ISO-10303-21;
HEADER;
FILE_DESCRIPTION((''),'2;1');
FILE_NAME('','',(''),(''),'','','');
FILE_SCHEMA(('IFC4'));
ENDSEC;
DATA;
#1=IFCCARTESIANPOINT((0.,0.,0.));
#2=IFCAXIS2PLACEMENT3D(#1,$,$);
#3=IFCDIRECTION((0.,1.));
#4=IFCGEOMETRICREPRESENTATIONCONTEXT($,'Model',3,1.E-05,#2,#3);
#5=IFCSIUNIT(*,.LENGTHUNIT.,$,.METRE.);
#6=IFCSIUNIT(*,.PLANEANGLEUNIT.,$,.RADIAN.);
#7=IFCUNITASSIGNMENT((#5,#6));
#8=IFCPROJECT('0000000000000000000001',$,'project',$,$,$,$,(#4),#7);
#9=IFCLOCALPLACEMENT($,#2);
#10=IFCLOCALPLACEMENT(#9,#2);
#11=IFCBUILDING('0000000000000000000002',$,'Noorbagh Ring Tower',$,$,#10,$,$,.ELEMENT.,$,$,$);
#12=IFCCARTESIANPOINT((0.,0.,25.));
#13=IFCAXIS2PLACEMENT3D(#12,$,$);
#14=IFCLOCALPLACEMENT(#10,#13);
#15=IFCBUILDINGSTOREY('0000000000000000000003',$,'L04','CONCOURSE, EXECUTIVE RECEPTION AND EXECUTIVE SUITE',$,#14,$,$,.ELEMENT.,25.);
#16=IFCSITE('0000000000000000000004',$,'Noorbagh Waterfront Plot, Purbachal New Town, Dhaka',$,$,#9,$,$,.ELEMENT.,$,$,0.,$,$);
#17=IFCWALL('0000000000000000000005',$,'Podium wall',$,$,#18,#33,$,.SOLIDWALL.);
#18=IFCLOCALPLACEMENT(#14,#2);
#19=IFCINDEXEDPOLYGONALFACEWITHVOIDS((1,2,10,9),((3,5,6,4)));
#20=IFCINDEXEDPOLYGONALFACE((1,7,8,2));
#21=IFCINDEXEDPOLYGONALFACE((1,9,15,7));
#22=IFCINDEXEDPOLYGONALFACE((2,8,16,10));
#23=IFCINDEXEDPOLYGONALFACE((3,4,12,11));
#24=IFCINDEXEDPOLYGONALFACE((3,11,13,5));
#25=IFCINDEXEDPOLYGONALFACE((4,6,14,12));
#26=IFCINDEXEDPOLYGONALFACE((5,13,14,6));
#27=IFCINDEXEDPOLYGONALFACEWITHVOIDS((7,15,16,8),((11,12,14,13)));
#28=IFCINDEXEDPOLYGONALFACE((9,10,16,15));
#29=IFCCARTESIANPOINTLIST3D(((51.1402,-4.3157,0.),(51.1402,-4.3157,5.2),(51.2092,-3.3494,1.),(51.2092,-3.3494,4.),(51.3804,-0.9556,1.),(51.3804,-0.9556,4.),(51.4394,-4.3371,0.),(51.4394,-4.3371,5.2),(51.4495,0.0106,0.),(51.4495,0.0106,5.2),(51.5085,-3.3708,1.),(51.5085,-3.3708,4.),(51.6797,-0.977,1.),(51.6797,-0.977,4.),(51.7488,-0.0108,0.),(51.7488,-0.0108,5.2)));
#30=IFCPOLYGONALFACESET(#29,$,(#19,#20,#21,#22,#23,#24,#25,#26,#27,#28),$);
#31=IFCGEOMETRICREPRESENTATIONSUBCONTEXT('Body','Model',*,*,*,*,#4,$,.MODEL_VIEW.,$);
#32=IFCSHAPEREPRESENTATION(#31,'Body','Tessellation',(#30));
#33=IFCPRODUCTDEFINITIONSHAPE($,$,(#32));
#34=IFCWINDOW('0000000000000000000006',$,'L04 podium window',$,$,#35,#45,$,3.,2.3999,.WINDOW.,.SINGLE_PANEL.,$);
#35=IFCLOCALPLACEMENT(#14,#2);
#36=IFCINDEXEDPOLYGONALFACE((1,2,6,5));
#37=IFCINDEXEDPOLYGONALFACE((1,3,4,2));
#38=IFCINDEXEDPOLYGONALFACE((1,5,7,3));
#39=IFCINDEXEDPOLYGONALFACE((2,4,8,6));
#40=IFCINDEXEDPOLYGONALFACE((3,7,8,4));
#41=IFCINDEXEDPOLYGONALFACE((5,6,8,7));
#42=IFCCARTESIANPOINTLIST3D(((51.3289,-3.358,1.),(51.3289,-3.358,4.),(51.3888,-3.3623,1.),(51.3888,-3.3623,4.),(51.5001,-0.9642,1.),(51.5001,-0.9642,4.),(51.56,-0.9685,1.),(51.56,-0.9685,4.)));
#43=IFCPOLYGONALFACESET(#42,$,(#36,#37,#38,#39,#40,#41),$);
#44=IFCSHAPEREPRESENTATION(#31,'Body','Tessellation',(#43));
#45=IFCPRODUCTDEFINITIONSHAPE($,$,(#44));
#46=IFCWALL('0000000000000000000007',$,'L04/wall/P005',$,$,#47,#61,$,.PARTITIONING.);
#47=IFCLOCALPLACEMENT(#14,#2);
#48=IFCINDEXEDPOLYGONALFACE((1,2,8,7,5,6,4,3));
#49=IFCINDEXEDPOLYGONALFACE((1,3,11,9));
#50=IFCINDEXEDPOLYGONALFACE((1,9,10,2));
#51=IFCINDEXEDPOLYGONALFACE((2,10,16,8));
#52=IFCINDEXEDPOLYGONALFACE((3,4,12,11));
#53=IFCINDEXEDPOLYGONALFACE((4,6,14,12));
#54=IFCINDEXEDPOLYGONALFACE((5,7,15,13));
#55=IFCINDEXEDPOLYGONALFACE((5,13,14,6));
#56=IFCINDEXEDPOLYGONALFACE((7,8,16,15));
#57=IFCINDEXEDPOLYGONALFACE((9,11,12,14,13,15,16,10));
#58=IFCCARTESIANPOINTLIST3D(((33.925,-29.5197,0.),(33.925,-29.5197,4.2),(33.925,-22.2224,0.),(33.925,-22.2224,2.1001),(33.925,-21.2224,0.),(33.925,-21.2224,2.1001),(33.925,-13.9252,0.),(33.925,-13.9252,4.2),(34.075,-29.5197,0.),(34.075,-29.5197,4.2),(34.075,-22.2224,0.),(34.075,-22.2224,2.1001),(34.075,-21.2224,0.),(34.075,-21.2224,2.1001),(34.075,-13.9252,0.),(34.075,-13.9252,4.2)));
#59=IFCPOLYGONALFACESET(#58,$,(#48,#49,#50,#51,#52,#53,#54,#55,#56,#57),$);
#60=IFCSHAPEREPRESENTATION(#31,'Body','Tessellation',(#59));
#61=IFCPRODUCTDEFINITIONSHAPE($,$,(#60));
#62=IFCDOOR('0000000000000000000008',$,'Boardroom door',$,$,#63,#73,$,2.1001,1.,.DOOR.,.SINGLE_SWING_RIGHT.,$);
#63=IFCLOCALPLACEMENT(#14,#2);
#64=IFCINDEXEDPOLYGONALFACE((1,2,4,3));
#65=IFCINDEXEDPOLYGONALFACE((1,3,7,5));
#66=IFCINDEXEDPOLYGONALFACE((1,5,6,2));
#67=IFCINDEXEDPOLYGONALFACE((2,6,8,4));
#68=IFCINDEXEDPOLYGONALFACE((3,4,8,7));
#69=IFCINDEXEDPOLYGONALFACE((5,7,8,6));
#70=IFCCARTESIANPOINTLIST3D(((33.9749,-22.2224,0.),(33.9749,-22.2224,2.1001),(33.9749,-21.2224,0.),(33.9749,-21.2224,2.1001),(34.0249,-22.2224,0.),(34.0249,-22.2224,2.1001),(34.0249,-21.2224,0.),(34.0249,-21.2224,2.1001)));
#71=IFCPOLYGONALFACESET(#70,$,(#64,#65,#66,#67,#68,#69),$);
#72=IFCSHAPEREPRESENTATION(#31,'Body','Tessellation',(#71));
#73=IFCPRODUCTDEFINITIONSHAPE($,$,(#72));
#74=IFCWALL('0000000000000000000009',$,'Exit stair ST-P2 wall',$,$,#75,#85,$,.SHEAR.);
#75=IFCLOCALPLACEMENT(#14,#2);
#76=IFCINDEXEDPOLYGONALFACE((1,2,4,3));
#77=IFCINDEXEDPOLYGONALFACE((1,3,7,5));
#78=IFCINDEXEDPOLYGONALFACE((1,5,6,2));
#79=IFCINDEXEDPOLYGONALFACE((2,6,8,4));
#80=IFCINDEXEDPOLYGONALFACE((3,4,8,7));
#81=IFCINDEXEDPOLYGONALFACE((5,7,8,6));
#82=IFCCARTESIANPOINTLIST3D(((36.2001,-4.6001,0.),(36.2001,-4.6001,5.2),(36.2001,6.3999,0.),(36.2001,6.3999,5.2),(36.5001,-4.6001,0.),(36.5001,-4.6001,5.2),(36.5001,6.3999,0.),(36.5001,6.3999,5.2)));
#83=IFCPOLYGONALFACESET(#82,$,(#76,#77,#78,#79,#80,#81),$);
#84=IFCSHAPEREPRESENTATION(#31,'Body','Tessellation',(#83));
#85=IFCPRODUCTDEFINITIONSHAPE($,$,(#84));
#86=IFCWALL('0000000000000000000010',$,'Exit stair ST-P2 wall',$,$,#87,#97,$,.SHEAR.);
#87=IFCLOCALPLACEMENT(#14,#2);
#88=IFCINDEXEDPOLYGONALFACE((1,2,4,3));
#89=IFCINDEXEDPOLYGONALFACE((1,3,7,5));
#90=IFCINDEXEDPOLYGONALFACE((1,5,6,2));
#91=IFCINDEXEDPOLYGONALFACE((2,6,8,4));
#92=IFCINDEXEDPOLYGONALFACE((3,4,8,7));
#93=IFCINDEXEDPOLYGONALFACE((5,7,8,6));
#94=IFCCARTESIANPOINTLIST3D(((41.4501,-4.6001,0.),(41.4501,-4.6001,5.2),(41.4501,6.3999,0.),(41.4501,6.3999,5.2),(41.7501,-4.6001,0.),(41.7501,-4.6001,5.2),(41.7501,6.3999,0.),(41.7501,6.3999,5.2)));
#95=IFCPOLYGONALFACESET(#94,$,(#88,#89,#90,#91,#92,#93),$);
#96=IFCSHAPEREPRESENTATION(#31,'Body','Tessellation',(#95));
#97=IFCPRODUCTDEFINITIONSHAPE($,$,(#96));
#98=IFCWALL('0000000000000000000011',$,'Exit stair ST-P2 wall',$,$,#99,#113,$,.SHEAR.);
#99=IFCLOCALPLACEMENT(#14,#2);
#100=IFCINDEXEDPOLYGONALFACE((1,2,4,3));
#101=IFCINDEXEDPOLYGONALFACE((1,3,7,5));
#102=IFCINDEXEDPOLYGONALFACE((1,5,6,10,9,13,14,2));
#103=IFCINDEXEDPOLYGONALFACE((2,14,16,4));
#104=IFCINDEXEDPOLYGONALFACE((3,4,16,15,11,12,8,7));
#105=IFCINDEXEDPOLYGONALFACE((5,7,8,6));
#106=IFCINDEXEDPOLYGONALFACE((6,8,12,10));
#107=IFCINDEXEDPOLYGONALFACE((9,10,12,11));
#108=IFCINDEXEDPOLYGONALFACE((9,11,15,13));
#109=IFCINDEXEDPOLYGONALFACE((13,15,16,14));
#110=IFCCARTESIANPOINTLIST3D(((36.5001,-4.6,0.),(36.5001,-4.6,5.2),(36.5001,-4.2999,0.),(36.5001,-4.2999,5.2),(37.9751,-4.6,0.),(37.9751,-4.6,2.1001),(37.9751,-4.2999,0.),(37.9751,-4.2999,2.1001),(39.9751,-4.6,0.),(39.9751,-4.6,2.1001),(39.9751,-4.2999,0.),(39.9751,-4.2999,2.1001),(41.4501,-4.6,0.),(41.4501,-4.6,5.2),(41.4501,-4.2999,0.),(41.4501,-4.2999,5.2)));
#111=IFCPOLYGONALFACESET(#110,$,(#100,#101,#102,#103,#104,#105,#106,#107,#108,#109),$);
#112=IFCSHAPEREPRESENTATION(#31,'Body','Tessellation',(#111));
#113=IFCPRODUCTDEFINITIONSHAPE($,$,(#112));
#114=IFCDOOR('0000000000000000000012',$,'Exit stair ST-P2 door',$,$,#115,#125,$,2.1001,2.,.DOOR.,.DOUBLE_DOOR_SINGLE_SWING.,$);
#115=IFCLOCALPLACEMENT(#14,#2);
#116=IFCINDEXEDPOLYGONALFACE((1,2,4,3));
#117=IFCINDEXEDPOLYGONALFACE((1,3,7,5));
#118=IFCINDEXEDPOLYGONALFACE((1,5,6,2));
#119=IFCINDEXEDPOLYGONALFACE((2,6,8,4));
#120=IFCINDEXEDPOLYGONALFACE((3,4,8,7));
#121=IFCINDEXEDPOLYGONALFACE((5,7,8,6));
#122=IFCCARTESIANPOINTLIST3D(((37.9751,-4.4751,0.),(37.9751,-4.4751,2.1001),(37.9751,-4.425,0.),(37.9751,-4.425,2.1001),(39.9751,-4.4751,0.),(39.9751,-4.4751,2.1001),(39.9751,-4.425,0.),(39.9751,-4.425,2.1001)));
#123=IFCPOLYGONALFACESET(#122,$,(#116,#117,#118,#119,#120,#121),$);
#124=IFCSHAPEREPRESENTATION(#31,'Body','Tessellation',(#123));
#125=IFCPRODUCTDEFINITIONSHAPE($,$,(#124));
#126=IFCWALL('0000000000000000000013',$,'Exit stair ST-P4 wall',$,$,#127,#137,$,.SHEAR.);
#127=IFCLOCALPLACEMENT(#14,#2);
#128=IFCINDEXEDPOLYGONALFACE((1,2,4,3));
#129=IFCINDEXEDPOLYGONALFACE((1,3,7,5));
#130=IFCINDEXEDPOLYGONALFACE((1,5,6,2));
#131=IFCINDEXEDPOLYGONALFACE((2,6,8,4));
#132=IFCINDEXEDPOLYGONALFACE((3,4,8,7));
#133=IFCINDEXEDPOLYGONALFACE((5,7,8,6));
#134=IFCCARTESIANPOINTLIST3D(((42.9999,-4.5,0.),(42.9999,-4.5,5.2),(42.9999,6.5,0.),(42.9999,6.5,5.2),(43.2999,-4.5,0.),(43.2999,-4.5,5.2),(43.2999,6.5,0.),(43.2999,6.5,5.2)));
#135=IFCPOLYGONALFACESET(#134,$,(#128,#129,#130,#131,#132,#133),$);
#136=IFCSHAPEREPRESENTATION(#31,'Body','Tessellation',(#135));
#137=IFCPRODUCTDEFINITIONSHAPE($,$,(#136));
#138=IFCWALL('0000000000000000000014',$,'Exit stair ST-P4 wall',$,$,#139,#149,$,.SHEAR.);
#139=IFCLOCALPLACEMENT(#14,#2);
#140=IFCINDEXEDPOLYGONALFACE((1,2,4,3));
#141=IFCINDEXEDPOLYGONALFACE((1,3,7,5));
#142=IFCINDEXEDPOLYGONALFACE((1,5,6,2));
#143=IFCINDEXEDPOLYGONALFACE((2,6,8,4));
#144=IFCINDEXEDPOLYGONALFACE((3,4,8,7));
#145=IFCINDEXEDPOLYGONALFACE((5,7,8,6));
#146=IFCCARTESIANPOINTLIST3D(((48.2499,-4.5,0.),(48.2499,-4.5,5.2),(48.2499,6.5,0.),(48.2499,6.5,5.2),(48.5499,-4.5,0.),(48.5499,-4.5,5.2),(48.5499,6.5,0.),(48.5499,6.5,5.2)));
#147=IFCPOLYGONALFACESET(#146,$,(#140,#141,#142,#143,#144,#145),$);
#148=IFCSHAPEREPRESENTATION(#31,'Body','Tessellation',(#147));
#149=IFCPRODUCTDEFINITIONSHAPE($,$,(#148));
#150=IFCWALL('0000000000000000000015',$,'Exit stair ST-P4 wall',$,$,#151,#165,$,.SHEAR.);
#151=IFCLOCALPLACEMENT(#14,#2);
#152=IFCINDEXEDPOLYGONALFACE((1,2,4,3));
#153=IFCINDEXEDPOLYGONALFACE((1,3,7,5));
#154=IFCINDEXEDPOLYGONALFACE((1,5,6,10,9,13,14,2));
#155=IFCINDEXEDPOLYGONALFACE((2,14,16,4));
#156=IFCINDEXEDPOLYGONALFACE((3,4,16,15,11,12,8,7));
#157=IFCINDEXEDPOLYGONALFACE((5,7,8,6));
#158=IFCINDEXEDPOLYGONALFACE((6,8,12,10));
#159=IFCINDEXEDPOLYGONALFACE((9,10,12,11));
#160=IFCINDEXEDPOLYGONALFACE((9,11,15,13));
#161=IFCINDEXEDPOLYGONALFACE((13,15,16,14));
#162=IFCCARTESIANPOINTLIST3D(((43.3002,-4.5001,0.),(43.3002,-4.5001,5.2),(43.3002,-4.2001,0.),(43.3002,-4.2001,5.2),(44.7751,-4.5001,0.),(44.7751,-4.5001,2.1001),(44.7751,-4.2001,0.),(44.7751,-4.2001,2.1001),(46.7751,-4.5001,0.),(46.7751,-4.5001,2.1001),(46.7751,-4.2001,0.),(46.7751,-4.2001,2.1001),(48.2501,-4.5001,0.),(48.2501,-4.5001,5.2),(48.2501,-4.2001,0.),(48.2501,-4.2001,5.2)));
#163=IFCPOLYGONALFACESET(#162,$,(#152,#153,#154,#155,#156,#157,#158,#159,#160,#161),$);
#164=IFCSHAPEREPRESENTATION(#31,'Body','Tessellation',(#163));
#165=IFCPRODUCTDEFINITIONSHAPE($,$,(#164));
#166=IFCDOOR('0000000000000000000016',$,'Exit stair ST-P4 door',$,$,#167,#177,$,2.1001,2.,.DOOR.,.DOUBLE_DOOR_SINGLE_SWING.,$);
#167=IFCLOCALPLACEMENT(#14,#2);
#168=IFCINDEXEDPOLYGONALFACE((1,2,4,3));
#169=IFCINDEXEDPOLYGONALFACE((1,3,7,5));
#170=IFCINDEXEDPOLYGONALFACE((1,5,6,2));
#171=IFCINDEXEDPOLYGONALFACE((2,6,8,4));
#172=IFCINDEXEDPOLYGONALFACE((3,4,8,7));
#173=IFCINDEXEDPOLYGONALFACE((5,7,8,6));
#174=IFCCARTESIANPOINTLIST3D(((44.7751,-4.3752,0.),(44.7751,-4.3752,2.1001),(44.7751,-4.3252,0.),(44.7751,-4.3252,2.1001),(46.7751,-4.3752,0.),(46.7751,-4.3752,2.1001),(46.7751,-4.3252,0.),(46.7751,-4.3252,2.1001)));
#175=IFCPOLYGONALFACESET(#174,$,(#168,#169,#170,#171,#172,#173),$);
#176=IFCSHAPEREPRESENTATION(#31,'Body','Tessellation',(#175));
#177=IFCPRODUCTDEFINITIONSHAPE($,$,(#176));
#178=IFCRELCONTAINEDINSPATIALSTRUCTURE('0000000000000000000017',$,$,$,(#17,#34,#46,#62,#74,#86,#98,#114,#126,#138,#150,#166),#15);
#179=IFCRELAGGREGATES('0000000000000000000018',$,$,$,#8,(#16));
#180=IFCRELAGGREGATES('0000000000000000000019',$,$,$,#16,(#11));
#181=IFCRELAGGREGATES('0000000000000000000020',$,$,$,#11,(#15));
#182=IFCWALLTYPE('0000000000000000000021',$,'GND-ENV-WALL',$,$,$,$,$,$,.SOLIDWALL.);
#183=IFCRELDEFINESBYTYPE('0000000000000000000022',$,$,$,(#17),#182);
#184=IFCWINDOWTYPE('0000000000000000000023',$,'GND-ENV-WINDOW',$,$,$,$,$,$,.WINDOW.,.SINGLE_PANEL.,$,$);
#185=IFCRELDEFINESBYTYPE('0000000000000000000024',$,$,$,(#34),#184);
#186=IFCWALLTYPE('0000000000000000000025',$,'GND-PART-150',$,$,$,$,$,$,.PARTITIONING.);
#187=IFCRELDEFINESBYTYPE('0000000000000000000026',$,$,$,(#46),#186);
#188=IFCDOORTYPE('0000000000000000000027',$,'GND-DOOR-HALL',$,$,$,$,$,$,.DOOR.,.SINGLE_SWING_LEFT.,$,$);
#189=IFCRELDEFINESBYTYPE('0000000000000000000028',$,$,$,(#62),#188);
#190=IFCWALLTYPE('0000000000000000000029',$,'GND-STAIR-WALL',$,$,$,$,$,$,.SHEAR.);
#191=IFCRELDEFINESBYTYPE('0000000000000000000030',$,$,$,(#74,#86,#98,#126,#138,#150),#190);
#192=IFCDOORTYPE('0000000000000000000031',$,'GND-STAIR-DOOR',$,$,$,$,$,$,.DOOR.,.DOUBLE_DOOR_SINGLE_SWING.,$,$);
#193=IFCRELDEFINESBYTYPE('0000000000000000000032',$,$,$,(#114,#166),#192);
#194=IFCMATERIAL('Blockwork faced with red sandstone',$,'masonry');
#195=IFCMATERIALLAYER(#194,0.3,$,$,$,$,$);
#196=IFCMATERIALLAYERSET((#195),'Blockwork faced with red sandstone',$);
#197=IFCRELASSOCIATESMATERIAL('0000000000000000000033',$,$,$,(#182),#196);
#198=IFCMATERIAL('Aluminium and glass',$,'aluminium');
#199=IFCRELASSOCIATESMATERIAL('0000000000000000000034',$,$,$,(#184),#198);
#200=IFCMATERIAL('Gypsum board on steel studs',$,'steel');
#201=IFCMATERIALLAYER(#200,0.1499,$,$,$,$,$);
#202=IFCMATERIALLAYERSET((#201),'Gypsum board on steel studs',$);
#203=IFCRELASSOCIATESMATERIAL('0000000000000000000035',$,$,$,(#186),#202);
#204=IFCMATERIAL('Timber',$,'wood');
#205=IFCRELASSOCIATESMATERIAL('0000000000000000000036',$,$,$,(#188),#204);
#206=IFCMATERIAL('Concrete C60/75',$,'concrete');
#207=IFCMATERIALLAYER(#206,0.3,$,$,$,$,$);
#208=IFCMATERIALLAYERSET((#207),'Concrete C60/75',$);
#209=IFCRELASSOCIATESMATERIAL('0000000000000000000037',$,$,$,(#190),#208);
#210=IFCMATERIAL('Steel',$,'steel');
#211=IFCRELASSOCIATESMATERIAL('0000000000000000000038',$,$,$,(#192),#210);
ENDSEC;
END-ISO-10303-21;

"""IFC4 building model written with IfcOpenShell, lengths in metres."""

from ifc_helpers import new_model, si_unit, direction, frame, frame_2d, origin, place, context, subcontext, project, spatial, rectangle, extrude, material, layer, layer_set, type_object, element, fill, save


model = new_model("IFC4")

# Units and contexts
model_context = context("Model", 3, precision=1e-05, world=origin(), true_north=direction((0.0, 1.0)))
body_context = subcontext(model_context, "Body", "Model", "MODEL_VIEW")
ifc_project = project(units=[si_unit("LENGTHUNIT", "METRE"), si_unit("PLANEANGLEUNIT", "RADIAN")], contexts=[model_context])

# Site, building, storey
site_placement = place(None, origin())
site = spatial("IfcSite", under=ifc_project, at=site_placement, Name="Noorbagh Waterfront Plot, Purbachal New Town, Dhaka", CompositionType="ELEMENT", RefElevation=0.0)
building_placement = place(site_placement, origin())
building = spatial("IfcBuilding", under=site, at=building_placement, Name="Noorbagh Ring Tower", CompositionType="ELEMENT")
storey_placement = place(building_placement, frame((0.0, 0.0, 25.0)))
storey = spatial("IfcBuildingStorey", under=building, at=storey_placement, Name="L04", Description="CONCOURSE, EXECUTIVE RECEPTION AND EXECUTIVE SUITE", CompositionType="ELEMENT", Elevation=25.0)

# Wall, opening, window
ifc_material_1 = material(Name="Blockwork faced with red sandstone", Category="masonry")
ifc_layer_1 = layer(ifc_material_1, 0.3)
ifc_layer_set_1 = layer_set([ifc_layer_1], Name="Blockwork faced with red sandstone")
wall_type_1 = type_object("IfcWallType", Name="GND-ENV-WALL", PredefinedType="SOLIDWALL", material=ifc_layer_set_1)
ifc_material_2 = material(Name="Aluminium and glass", Category="aluminium")
window_type = type_object("IfcWindowType", Name="GND-ENV-WINDOW", PartitioningType="SINGLE_PANEL", PredefinedType="WINDOW", material=ifc_material_2)
wall_1_placement = place(storey_placement, frame((51.2898, -4.3264, 0.0), z_axis=(0.0, 0.0, 1.0), x_axis=(0.071315, 0.997454, 0.0)))
wall_1 = element("IfcWall", 1, at=wall_1_placement, inside=storey, type_object=wall_type_1, Name="Podium wall", PredefinedType="SOLIDWALL", context=body_context, shape_type="SweptSolid", body=[
    extrude(rectangle(XDim=4.3374, YDim=0.3, at=frame_2d((2.1687, 0.0))), origin(), (0.0, 0.0, 1.0), 5.2),
])
opening_1_placement = place(wall_1_placement, frame((0.9688, 0.0, 1.0)))
opening_1 = element("IfcOpeningElement", 2, at=opening_1_placement, cuts=wall_1, PredefinedType="OPENING", context=body_context, shape_type="SweptSolid", body=[
    extrude(rectangle(XDim=2.3999, YDim=3.0, at=frame_2d((1.2, 1.5))), frame((0.0, 0.1602, 0.0), z_axis=(0.0, -1.0, 0.0), x_axis=(1.0, 0.0, 0.0)), (0.0, 0.0, 1.0), 0.3201),
])
window_1_placement = place(opening_1_placement, origin())
window_1 = element("IfcWindow", 3, at=window_1_placement, inside=storey, type_object=window_type, Name="L04 podium window", OverallHeight=3.0, OverallWidth=2.3999, PartitioningType="SINGLE_PANEL", PredefinedType="WINDOW", context=body_context, shape_type="SweptSolid", body=[
    extrude(rectangle(XDim=2.3999, YDim=3.0, at=frame_2d((1.2, 1.5))), frame((0.0, 0.03, 0.0), z_axis=(0.0, -1.0, 0.0), x_axis=(1.0, 0.0, 0.0)), (0.0, 0.0, 1.0), 0.0601),
])
fill(opening_1, window_1)

# Wall, opening, door
ifc_material_3 = material(Name="Gypsum board on steel studs", Category="steel")
ifc_layer_2 = layer(ifc_material_3, 0.1499)
ifc_layer_set_2 = layer_set([ifc_layer_2], Name="Gypsum board on steel studs")
wall_type_2 = type_object("IfcWallType", Name="GND-PART-150", PredefinedType="PARTITIONING", material=ifc_layer_set_2)
wall_2_placement = place(storey_placement, frame((34.0, -13.925, 0.0), z_axis=(0.0, 0.0, 1.0), x_axis=(0.0, -1.0, 0.0)))
wall_2 = element("IfcWall", 4, at=wall_2_placement, inside=storey, type_object=wall_type_2, Name="L04/wall/P005", PredefinedType="PARTITIONING", context=body_context, shape_type="SweptSolid", body=[
    extrude(rectangle(XDim=15.5945, YDim=0.1499, at=frame_2d((7.7974, 0.0))), origin(), (0.0, 0.0, 1.0), 4.2),
])
opening_2_placement = place(wall_2_placement, frame((7.2974, 0.0, 0.0)))
opening_2 = element("IfcOpeningElement", 5, at=opening_2_placement, cuts=wall_2, PredefinedType="OPENING", context=body_context, shape_type="SweptSolid", body=[
    extrude(rectangle(XDim=1.0, YDim=2.1001, at=frame_2d((0.5, 1.05))), frame((0.0, 0.085, 0.0), z_axis=(0.0, -1.0, 0.0), x_axis=(1.0, 0.0, 0.0)), (0.0, 0.0, 1.0), 0.1699),
])
ifc_material_4 = material(Name="Timber", Category="wood")
door_type_1 = type_object("IfcDoorType", Name="GND-DOOR-HALL", OperationType="SINGLE_SWING_LEFT", PredefinedType="DOOR", material=ifc_material_4)
door_1_placement = place(opening_2_placement, origin())
door_1 = element("IfcDoor", 6, at=door_1_placement, inside=storey, type_object=door_type_1, Name="Boardroom door", OperationType="SINGLE_SWING_RIGHT", OverallHeight=2.1001, OverallWidth=1.0, PredefinedType="DOOR", context=body_context, shape_type="SweptSolid", body=[
    extrude(rectangle(XDim=1.0, YDim=2.1001, at=frame_2d((0.5, 1.05))), frame((0.0, 0.0249, 0.0), z_axis=(0.0, -1.0, 0.0), x_axis=(1.0, 0.0, 0.0)), (0.0, 0.0, 1.0), 0.05),
])
fill(opening_2, door_1)

# Walls
ifc_material_5 = material(Name="Concrete C60/75", Category="concrete")
ifc_layer_3 = layer(ifc_material_5, 0.3)
ifc_layer_set_3 = layer_set([ifc_layer_3], Name="Concrete C60/75")
wall_type_3 = type_object("IfcWallType", Name="GND-STAIR-WALL", PredefinedType="SHEAR", material=ifc_layer_set_3)
for number, where, z_axis, x_axis, name in (
    (7, (36.3501, -4.6001, 0.0), (0.0, 0.0, 1.0), (0.0, 1.0, 0.0), "Exit stair ST-P2 wall"),
    (8, (41.6001, -4.6001, 0.0), (0.0, 0.0, 1.0), (0.0, 1.0, 0.0), "Exit stair ST-P2 wall"),
):
    element("IfcWall", number, at=place(storey_placement, frame(where, z_axis=z_axis, x_axis=x_axis)), inside=storey, type_object=wall_type_3, Name=name, PredefinedType="SHEAR", context=body_context, shape_type="SweptSolid", body=[
        extrude(rectangle(XDim=11.0, YDim=0.3, at=frame_2d((5.5, 0.0))), origin(), (0.0, 0.0, 1.0), 5.2),
    ])

# Wall, opening, door
wall_3_placement = place(storey_placement, frame((36.5, -4.45, 0.0), z_axis=(0.0, 0.0, 1.0), x_axis=(1.0, 0.0, 0.0)))
wall_3 = element("IfcWall", 9, at=wall_3_placement, inside=storey, type_object=wall_type_3, Name="Exit stair ST-P2 wall", PredefinedType="SHEAR", context=body_context, shape_type="SweptSolid", body=[
    extrude(rectangle(XDim=4.95, YDim=0.3, at=frame_2d((2.4751, 0.0))), origin(), (0.0, 0.0, 1.0), 5.2),
])
opening_3_placement = place(wall_3_placement, frame((1.4751, 0.0, 0.0)))
opening_3 = element("IfcOpeningElement", 10, at=opening_3_placement, cuts=wall_3, PredefinedType="OPENING", context=body_context, shape_type="SweptSolid", body=[
    extrude(rectangle(XDim=2.0, YDim=2.1001, at=frame_2d((1.0, 1.05))), frame((0.0, 0.1602, 0.0), z_axis=(0.0, -1.0, 0.0), x_axis=(1.0, 0.0, 0.0)), (0.0, 0.0, 1.0), 0.3201),
])
ifc_material_6 = material(Name="Steel", Category="steel")
door_type_2 = type_object("IfcDoorType", Name="GND-STAIR-DOOR", OperationType="DOUBLE_DOOR_SINGLE_SWING", PredefinedType="DOOR", material=ifc_material_6)
door_2_placement = place(opening_3_placement, origin())
door_2 = element("IfcDoor", 11, at=door_2_placement, inside=storey, type_object=door_type_2, Name="Exit stair ST-P2 door", OperationType="DOUBLE_DOOR_SINGLE_SWING", OverallHeight=2.1001, OverallWidth=2.0, PredefinedType="DOOR", context=body_context, shape_type="SweptSolid", body=[
    extrude(rectangle(XDim=2.0, YDim=2.1001, at=frame_2d((1.0, 1.05))), frame((0.0, 0.0249, 0.0), z_axis=(0.0, -1.0, 0.0), x_axis=(1.0, 0.0, 0.0)), (0.0, 0.0, 1.0), 0.05),
])
fill(opening_3, door_2)

# Walls
for number, where, z_axis, x_axis, name in (
    (12, (43.1499, -4.5, 0.0), (0.0, 0.0, 1.0), (0.0, 1.0, 0.0), "Exit stair ST-P4 wall"),
    (13, (48.3999, -4.5, 0.0), (0.0, 0.0, 1.0), (0.0, 1.0, 0.0), "Exit stair ST-P4 wall"),
):
    element("IfcWall", number, at=place(storey_placement, frame(where, z_axis=z_axis, x_axis=x_axis)), inside=storey, type_object=wall_type_3, Name=name, PredefinedType="SHEAR", context=body_context, shape_type="SweptSolid", body=[
        extrude(rectangle(XDim=11.0, YDim=0.3, at=frame_2d((5.5, 0.0))), origin(), (0.0, 0.0, 1.0), 5.2),
    ])

# Wall, opening, door
wall_4_placement = place(storey_placement, frame((43.3, -4.3501, 0.0), z_axis=(0.0, 0.0, 1.0), x_axis=(1.0, 0.0, 0.0)))
wall_4 = element("IfcWall", 14, at=wall_4_placement, inside=storey, type_object=wall_type_3, Name="Exit stair ST-P4 wall", PredefinedType="SHEAR", context=body_context, shape_type="SweptSolid", body=[
    extrude(rectangle(XDim=4.95, YDim=0.3, at=frame_2d((2.4751, 0.0))), origin(), (0.0, 0.0, 1.0), 5.2),
])
opening_4_placement = place(wall_4_placement, frame((1.4751, 0.0, 0.0)))
opening_4 = element("IfcOpeningElement", 15, at=opening_4_placement, cuts=wall_4, PredefinedType="OPENING", context=body_context, shape_type="SweptSolid", body=[
    extrude(rectangle(XDim=2.0, YDim=2.1001, at=frame_2d((1.0, 1.05))), frame((0.0, 0.1602, 0.0), z_axis=(0.0, -1.0, 0.0), x_axis=(1.0, 0.0, 0.0)), (0.0, 0.0, 1.0), 0.3201),
])
door_3_placement = place(opening_4_placement, origin())
door_3 = element("IfcDoor", 16, at=door_3_placement, inside=storey, type_object=door_type_2, Name="Exit stair ST-P4 door", OperationType="DOUBLE_DOOR_SINGLE_SWING", OverallHeight=2.1001, OverallWidth=2.0, PredefinedType="DOOR", context=body_context, shape_type="SweptSolid", body=[
    extrude(rectangle(XDim=2.0, YDim=2.1001, at=frame_2d((1.0, 1.05))), frame((0.0, 0.0249, 0.0), z_axis=(0.0, -1.0, 0.0), x_axis=(1.0, 0.0, 0.0)), (0.0, 0.0, 1.0), 0.05),
])
fill(opening_4, door_3)

save(model, "model.ifc")
